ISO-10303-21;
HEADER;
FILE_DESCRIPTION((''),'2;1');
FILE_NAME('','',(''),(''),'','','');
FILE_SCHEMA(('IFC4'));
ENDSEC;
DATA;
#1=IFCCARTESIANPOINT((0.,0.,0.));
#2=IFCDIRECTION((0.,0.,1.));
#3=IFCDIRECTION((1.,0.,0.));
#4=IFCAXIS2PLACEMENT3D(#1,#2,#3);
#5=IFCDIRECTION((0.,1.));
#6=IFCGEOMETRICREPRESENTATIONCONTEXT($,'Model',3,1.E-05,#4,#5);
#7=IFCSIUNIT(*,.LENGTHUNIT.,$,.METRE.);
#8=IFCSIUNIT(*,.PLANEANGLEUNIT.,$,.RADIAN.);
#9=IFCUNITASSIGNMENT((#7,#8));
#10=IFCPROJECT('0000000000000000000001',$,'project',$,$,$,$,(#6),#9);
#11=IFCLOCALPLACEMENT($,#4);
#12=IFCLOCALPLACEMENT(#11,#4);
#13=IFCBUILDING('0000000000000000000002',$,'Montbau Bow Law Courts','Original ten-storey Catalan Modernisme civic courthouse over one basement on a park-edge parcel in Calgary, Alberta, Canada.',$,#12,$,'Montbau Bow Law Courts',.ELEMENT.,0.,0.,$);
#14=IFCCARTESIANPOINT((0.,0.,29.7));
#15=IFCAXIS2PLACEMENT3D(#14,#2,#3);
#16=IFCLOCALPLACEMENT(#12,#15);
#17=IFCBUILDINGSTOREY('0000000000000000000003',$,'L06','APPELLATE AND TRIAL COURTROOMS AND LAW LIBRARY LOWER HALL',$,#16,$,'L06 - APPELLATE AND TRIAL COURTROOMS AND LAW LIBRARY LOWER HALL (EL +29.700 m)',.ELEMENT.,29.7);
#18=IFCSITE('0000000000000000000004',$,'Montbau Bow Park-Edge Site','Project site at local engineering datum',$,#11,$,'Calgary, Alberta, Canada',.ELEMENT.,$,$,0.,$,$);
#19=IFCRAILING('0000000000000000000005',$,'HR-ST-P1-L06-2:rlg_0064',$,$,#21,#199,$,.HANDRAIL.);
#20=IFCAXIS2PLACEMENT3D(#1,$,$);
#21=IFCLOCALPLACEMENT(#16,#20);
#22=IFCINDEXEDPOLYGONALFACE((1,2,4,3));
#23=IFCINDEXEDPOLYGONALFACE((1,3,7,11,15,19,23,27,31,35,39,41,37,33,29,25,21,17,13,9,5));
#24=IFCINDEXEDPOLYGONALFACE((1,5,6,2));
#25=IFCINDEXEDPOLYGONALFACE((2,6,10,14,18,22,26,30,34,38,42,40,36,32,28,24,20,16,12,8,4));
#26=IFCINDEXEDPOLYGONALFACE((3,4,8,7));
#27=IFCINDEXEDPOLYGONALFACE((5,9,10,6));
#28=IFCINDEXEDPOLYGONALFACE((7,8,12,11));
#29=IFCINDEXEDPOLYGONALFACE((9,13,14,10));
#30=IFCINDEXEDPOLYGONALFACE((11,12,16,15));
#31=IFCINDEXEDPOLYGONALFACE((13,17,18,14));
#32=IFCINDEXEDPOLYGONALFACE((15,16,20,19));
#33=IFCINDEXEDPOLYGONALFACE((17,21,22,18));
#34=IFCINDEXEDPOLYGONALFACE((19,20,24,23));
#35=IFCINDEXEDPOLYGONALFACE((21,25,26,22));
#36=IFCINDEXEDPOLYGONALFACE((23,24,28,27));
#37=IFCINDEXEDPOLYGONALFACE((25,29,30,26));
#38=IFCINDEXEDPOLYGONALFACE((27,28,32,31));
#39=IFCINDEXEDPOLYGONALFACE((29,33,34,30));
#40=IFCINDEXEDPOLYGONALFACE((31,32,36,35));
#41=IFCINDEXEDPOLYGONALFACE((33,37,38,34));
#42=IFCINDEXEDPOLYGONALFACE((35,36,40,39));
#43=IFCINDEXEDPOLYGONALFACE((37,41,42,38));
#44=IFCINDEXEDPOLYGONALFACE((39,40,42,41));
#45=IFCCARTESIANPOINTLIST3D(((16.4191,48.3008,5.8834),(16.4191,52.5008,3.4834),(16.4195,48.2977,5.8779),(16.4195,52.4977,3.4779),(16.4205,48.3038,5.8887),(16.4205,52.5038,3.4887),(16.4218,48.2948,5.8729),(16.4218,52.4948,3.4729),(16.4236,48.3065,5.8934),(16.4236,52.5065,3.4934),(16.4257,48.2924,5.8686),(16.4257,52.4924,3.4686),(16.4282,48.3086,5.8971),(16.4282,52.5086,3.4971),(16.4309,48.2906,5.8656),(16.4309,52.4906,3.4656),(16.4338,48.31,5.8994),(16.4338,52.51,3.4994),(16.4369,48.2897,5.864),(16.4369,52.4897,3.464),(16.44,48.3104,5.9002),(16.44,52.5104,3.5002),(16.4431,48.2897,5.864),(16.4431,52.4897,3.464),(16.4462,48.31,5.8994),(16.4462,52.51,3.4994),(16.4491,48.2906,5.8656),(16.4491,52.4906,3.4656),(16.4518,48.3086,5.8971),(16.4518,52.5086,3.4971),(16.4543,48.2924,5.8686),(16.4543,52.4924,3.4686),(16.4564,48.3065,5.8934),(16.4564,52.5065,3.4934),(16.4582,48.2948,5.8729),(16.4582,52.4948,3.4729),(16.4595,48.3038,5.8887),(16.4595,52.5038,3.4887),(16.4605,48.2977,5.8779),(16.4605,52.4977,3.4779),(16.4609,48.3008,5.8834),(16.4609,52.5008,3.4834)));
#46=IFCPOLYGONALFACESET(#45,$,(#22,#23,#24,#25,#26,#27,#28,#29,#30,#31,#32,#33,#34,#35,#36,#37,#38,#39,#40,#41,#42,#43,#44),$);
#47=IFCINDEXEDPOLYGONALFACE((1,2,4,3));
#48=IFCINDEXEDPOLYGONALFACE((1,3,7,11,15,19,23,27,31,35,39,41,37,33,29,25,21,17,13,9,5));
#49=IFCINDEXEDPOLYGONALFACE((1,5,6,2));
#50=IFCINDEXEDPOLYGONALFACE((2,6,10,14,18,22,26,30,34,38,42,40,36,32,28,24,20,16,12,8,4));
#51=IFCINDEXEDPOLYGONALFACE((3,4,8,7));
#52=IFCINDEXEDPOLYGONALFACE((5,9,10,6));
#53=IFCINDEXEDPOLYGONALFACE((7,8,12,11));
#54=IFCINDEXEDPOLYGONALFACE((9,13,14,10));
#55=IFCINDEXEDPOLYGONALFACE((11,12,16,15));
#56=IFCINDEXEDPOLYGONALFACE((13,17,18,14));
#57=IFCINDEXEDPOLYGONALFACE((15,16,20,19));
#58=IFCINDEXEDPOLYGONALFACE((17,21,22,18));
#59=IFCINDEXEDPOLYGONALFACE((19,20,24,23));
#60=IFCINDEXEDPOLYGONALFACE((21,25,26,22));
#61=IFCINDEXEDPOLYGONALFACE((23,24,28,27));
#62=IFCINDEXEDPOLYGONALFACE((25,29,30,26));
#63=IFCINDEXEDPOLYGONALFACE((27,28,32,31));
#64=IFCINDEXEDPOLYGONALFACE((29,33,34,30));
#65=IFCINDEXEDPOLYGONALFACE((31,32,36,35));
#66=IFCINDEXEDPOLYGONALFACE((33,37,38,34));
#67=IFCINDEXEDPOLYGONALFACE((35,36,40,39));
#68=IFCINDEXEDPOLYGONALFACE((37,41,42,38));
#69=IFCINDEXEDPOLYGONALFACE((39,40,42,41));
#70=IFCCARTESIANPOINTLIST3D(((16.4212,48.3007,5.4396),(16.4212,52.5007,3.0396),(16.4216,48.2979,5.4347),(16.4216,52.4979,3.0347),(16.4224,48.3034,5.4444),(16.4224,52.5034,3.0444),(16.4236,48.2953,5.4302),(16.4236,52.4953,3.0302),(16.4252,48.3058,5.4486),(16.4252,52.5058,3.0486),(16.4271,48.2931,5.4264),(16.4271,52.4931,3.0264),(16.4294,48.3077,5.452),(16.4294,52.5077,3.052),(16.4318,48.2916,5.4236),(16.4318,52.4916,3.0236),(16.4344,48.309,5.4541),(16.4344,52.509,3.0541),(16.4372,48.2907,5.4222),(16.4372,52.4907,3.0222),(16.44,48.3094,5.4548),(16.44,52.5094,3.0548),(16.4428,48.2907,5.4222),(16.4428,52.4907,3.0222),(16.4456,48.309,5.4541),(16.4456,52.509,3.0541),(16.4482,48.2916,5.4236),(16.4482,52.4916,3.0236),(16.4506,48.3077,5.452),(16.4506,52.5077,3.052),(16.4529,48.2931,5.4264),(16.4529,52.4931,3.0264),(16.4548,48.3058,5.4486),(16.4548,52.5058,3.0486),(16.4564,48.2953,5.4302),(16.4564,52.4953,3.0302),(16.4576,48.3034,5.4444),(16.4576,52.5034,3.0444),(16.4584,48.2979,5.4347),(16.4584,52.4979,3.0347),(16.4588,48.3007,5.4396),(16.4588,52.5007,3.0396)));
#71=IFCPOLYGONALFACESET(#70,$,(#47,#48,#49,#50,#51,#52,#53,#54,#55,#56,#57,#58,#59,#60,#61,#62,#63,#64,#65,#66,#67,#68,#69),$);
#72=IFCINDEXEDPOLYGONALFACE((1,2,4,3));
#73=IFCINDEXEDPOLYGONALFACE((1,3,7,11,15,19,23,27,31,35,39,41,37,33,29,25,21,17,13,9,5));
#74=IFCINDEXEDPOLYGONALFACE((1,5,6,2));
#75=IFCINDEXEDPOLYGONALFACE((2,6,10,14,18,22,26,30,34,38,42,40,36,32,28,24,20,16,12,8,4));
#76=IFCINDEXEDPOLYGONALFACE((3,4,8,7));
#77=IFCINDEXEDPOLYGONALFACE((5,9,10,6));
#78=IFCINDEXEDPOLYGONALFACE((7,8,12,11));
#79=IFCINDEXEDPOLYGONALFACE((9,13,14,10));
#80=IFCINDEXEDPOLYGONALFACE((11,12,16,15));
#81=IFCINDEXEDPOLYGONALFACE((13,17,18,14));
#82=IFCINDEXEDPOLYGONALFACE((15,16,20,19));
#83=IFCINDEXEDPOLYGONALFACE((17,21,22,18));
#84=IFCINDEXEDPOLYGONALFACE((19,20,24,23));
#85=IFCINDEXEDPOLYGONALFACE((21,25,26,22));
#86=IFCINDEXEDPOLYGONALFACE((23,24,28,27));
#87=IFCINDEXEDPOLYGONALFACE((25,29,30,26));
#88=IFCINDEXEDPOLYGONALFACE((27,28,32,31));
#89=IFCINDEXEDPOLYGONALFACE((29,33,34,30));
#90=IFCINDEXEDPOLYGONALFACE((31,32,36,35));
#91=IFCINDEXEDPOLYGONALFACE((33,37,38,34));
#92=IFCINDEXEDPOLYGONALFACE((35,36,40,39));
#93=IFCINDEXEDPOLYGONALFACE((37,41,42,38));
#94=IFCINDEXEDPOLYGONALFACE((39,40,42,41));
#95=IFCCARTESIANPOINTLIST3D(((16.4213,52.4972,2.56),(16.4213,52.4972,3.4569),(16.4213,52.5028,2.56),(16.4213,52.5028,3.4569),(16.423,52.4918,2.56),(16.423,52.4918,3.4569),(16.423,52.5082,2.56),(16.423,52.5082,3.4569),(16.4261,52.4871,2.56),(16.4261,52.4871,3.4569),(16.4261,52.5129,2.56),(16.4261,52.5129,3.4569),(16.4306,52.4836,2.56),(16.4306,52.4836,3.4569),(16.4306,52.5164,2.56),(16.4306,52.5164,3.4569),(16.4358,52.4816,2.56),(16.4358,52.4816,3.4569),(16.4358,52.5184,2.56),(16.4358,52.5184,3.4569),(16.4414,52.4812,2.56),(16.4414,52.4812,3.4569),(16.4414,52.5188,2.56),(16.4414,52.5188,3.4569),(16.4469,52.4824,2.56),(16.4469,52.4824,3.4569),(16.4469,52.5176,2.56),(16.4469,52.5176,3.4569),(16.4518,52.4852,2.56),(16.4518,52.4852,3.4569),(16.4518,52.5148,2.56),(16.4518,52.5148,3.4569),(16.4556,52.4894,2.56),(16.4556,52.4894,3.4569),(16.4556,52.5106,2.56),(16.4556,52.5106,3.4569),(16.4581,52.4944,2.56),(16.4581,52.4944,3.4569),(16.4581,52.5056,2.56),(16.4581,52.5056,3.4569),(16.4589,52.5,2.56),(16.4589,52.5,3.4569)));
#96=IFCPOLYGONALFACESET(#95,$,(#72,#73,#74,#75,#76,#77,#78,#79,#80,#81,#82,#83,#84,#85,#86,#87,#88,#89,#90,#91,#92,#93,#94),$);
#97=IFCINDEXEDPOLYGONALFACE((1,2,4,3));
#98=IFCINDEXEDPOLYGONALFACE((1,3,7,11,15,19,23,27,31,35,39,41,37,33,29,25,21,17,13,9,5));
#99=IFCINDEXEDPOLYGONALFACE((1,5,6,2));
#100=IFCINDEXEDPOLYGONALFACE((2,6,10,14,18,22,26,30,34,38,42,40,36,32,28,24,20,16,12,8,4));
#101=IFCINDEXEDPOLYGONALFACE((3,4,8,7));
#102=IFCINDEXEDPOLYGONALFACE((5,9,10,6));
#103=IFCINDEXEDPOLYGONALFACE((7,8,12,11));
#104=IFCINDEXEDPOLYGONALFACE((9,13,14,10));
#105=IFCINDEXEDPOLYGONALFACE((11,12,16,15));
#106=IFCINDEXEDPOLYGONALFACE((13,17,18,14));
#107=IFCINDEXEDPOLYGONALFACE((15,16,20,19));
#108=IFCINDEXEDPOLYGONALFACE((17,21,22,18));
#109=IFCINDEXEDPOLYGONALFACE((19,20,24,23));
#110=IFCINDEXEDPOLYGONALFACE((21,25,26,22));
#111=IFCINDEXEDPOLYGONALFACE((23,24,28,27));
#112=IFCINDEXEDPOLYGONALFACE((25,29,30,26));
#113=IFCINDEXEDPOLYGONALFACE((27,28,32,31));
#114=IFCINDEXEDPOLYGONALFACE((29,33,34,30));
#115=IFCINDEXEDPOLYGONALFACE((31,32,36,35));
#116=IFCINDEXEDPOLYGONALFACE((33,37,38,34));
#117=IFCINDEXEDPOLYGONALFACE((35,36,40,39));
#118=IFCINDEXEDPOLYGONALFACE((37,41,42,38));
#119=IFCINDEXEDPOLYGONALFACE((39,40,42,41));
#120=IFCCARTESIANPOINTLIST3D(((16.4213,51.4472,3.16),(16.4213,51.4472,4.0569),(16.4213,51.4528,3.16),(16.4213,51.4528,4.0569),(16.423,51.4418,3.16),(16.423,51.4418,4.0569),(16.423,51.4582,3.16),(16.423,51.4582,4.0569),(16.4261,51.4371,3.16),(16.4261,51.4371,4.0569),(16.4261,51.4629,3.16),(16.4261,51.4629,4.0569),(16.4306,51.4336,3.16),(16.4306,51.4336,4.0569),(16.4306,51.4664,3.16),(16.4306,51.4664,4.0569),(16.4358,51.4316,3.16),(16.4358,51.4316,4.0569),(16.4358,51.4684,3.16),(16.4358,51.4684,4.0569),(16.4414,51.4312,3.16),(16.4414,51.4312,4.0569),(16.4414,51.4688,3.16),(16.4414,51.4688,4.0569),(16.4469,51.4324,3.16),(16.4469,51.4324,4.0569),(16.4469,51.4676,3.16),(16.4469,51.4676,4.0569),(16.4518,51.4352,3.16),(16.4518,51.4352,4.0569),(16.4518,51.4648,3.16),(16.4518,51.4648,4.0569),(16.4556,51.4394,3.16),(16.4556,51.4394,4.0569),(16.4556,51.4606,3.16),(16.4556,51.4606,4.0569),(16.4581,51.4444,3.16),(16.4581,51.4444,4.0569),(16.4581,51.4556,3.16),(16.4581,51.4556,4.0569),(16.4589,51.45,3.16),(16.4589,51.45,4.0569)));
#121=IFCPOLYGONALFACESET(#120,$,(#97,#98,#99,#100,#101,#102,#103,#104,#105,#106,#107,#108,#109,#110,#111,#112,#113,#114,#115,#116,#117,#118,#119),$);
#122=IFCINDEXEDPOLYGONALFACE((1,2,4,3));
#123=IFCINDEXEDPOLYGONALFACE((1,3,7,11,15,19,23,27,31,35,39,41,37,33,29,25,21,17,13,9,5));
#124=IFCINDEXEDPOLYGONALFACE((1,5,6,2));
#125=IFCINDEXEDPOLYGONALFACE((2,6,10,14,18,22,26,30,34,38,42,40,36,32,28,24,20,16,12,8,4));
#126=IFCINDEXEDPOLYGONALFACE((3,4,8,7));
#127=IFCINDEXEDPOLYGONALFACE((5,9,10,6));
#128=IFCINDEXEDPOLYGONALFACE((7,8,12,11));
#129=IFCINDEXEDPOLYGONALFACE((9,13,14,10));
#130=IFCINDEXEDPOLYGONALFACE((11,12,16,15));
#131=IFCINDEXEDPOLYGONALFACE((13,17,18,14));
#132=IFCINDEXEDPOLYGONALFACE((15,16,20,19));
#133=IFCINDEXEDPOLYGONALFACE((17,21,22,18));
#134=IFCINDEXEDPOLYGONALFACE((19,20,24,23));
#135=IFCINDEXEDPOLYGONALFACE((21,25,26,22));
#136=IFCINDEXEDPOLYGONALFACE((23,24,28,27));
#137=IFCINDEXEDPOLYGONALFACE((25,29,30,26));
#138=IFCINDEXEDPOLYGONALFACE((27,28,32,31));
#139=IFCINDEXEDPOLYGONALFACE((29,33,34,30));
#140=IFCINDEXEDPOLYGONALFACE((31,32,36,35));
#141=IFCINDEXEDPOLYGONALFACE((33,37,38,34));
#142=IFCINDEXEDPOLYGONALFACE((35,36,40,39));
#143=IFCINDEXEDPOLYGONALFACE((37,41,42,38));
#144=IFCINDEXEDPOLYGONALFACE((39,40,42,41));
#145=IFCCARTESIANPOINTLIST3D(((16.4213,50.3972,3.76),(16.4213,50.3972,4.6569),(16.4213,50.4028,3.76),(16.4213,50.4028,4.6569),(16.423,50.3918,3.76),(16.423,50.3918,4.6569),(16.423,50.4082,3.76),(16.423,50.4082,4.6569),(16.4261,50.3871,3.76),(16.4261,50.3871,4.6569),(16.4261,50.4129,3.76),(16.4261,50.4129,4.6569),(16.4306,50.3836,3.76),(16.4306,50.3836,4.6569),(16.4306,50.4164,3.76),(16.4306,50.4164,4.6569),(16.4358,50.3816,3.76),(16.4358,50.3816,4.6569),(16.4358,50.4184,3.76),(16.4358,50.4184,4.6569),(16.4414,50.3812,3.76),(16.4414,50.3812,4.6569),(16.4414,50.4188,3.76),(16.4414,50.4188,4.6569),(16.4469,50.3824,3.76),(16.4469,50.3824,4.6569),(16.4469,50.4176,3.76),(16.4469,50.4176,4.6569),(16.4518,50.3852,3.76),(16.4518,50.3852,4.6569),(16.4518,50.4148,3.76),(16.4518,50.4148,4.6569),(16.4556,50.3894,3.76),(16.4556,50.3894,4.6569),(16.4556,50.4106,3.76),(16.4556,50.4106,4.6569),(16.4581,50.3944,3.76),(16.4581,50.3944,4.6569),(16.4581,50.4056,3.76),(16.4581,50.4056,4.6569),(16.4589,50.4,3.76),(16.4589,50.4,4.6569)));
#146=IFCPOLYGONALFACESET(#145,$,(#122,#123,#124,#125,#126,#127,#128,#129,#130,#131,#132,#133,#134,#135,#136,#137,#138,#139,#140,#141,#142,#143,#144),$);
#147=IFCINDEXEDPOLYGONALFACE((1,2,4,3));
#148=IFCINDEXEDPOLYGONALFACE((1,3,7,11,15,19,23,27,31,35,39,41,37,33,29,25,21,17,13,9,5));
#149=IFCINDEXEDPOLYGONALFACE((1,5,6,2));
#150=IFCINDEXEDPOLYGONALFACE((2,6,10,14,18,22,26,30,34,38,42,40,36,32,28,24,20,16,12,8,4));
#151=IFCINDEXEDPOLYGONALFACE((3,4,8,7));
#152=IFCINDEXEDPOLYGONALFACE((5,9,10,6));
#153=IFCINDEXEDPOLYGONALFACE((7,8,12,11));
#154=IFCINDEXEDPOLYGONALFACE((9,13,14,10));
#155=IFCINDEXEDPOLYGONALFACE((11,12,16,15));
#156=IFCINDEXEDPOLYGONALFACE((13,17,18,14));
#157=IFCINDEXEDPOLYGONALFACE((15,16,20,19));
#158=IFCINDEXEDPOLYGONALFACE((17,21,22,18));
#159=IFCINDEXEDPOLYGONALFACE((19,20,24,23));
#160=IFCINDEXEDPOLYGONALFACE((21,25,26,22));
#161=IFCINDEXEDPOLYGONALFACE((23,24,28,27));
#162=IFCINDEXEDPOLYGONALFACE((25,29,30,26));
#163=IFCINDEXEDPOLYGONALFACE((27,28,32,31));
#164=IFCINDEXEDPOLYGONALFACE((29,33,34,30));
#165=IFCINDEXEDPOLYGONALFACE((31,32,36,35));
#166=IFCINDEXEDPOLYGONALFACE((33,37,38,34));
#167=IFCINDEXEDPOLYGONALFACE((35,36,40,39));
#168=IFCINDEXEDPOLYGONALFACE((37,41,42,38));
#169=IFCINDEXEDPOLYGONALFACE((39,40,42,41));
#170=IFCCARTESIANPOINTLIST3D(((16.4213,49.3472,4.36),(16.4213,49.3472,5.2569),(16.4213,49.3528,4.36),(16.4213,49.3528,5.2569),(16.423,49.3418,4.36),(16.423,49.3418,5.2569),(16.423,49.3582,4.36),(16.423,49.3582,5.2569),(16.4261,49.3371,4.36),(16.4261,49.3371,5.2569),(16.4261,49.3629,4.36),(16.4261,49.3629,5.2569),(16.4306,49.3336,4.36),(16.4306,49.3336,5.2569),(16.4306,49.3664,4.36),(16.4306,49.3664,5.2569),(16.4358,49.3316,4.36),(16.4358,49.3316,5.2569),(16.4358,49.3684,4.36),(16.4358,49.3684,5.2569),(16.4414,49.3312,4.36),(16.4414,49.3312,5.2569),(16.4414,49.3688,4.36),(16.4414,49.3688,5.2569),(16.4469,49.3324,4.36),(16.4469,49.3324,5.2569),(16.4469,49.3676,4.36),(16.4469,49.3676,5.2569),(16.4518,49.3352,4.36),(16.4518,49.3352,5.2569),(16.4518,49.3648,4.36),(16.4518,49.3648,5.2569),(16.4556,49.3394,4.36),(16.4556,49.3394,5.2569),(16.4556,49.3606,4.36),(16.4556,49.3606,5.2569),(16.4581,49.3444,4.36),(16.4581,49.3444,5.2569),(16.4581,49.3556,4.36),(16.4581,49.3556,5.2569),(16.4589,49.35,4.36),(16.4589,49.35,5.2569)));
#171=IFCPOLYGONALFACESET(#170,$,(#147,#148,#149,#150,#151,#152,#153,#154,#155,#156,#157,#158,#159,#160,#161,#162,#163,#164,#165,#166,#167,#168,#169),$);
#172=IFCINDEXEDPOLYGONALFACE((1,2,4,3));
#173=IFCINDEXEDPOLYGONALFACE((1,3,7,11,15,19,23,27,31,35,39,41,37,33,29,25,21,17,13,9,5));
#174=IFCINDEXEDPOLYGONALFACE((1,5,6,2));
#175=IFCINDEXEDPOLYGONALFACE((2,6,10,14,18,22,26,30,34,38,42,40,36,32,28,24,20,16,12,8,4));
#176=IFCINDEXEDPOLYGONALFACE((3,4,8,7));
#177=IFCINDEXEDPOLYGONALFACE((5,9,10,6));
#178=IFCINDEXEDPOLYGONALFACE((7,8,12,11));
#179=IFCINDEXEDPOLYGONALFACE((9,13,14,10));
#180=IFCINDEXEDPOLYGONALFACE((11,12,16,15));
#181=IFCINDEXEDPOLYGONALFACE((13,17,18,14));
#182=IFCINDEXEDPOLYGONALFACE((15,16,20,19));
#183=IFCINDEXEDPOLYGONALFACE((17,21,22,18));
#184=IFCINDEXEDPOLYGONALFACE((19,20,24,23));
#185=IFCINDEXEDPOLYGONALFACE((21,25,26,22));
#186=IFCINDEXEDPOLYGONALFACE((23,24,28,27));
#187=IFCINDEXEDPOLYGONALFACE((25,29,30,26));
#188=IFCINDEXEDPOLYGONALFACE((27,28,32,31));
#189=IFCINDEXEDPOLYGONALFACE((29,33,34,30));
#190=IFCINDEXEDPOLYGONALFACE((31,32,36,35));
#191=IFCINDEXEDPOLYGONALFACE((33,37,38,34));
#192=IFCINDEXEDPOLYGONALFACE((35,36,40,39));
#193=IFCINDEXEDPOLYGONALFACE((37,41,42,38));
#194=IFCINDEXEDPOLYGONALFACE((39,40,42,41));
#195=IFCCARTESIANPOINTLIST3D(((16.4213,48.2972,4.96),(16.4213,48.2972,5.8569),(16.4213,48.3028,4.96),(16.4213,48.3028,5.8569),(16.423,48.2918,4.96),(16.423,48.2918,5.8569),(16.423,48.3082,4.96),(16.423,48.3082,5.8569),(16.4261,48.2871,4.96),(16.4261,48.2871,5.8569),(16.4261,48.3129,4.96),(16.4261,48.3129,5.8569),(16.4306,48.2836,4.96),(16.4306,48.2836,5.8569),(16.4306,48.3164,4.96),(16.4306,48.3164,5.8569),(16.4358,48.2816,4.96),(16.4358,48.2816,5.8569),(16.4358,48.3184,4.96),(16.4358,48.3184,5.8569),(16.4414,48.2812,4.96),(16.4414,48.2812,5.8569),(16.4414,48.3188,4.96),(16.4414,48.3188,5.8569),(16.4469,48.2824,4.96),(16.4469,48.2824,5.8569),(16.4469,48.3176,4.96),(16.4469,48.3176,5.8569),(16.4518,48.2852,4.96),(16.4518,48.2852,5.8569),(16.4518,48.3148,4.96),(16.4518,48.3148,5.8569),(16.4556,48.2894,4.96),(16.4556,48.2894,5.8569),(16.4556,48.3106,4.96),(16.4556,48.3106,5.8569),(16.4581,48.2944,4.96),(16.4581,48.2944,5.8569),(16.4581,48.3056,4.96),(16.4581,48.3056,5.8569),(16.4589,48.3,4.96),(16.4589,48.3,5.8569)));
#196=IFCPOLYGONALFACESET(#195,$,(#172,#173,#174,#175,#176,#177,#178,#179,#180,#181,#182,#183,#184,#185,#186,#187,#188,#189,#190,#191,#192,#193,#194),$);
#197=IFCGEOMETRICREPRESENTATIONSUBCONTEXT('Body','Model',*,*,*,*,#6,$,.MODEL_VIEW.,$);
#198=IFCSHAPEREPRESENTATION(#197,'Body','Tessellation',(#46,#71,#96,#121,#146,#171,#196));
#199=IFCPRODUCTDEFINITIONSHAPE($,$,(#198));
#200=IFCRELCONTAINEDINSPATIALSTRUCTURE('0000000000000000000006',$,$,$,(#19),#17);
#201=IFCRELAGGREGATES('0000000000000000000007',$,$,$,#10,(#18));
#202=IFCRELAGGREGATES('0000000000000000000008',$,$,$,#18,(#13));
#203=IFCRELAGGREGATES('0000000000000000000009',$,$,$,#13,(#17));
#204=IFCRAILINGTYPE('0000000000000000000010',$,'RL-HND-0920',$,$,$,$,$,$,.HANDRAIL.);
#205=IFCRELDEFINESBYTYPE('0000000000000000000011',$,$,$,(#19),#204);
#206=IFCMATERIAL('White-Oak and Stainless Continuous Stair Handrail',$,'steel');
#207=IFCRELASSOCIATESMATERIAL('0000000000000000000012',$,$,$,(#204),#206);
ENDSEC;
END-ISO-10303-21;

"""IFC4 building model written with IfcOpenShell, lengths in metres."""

from ifc_helpers import new_model, si_unit, direction, frame, origin_with_axes, origin_2d_with_axis, place, context, subcontext, project, spatial, circle, extrude, material, type_object, element, save


model = new_model("IFC4")

# Units and contexts
model_context = context("Model", 3, precision=1e-05, world=origin_with_axes(), true_north=direction((0.0, 1.0)))
body_context = subcontext(model_context, "Body", "Model", "MODEL_VIEW")
ifc_project = project(units=[si_unit("LENGTHUNIT", "METRE"), si_unit("PLANEANGLEUNIT", "RADIAN")], contexts=[model_context])

# Site, building, storey
site_placement = place(None, origin_with_axes())
site = spatial("IfcSite", under=ifc_project, at=site_placement, Name="Montbau Bow Park-Edge Site", Description="Project site at local engineering datum", LongName="Calgary, Alberta, Canada", CompositionType="ELEMENT", RefElevation=0.0)
building_placement = place(site_placement, origin_with_axes())
building = spatial("IfcBuilding", under=site, at=building_placement, Name="Montbau Bow Law Courts", Description="Original ten-storey Catalan Modernisme civic courthouse over one basement on a park-edge parcel in Calgary, Alberta, Canada.", LongName="Montbau Bow Law Courts", CompositionType="ELEMENT", ElevationOfRefHeight=0.0, ElevationOfTerrain=0.0)
storey_placement = place(building_placement, frame((0.0, 0.0, 29.7), z_axis=(0.0, 0.0, 1.0), x_axis=(1.0, 0.0, 0.0)))
storey = spatial("IfcBuildingStorey", under=building, at=storey_placement, Name="L06", Description="APPELLATE AND TRIAL COURTROOMS AND LAW LIBRARY LOWER HALL", LongName="L06 - APPELLATE AND TRIAL COURTROOMS AND LAW LIBRARY LOWER HALL (EL +29.700 m)", CompositionType="ELEMENT", Elevation=29.7)

# Railing
ifc_material_1 = material(Name="White-Oak and Stainless Continuous Stair Handrail", Category="steel")
railing_type_1 = type_object("IfcRailingType", Name="RL-HND-0920", PredefinedType="HANDRAIL", material=ifc_material_1)
railing_1_placement = place(None, origin_with_axes())
element("IfcRailing", 1, at=railing_1_placement, inside=storey, type_object=railing_type_1, Name="HR-ST-P1-L06-2:rlg_0064", PredefinedType="HANDRAIL", context=body_context, shape_type="SweptSolid", body=[
    extrude(circle(Radius=0.021, at=origin_2d_with_axis()), frame((16.44, 52.5, 33.182), z_axis=(0.0, -0.868243, 0.496139), x_axis=(0.0, 0.496139, 0.868243)), (0.0, 0.0, 1.0), 4.8374),
    extrude(circle(Radius=0.0189, at=origin_2d_with_axis()), frame((16.44, 52.5, 32.7384), z_axis=(0.0, -0.868243, 0.496139), x_axis=(0.0, 0.496139, 0.868243)), (0.0, 0.0, 1.0), 4.8374),
    extrude(circle(Radius=0.0189, at=origin_2d_with_axis()), frame((16.44, 52.5, 32.26), z_axis=(0.0, 0.0, 1.0), x_axis=(1.0, 0.0, 0.0)), (0.0, 0.0, 1.0), 0.8969),
    extrude(circle(Radius=0.0189, at=origin_2d_with_axis()), frame((16.44, 51.45, 32.86), z_axis=(0.0, 0.0, 1.0), x_axis=(1.0, 0.0, 0.0)), (0.0, 0.0, 1.0), 0.8969),
    extrude(circle(Radius=0.0189, at=origin_2d_with_axis()), frame((16.44, 50.4, 33.46), z_axis=(0.0, 0.0, 1.0), x_axis=(1.0, 0.0, 0.0)), (0.0, 0.0, 1.0), 0.8969),
    extrude(circle(Radius=0.0189, at=origin_2d_with_axis()), frame((16.44, 49.35, 34.06), z_axis=(0.0, 0.0, 1.0), x_axis=(1.0, 0.0, 0.0)), (0.0, 0.0, 1.0), 0.8969),
    extrude(circle(Radius=0.0189, at=origin_2d_with_axis()), frame((16.44, 48.3, 34.66), z_axis=(0.0, 0.0, 1.0), x_axis=(1.0, 0.0, 0.0)), (0.0, 0.0, 1.0), 0.8969),
])

save(model, "model.ifc")
